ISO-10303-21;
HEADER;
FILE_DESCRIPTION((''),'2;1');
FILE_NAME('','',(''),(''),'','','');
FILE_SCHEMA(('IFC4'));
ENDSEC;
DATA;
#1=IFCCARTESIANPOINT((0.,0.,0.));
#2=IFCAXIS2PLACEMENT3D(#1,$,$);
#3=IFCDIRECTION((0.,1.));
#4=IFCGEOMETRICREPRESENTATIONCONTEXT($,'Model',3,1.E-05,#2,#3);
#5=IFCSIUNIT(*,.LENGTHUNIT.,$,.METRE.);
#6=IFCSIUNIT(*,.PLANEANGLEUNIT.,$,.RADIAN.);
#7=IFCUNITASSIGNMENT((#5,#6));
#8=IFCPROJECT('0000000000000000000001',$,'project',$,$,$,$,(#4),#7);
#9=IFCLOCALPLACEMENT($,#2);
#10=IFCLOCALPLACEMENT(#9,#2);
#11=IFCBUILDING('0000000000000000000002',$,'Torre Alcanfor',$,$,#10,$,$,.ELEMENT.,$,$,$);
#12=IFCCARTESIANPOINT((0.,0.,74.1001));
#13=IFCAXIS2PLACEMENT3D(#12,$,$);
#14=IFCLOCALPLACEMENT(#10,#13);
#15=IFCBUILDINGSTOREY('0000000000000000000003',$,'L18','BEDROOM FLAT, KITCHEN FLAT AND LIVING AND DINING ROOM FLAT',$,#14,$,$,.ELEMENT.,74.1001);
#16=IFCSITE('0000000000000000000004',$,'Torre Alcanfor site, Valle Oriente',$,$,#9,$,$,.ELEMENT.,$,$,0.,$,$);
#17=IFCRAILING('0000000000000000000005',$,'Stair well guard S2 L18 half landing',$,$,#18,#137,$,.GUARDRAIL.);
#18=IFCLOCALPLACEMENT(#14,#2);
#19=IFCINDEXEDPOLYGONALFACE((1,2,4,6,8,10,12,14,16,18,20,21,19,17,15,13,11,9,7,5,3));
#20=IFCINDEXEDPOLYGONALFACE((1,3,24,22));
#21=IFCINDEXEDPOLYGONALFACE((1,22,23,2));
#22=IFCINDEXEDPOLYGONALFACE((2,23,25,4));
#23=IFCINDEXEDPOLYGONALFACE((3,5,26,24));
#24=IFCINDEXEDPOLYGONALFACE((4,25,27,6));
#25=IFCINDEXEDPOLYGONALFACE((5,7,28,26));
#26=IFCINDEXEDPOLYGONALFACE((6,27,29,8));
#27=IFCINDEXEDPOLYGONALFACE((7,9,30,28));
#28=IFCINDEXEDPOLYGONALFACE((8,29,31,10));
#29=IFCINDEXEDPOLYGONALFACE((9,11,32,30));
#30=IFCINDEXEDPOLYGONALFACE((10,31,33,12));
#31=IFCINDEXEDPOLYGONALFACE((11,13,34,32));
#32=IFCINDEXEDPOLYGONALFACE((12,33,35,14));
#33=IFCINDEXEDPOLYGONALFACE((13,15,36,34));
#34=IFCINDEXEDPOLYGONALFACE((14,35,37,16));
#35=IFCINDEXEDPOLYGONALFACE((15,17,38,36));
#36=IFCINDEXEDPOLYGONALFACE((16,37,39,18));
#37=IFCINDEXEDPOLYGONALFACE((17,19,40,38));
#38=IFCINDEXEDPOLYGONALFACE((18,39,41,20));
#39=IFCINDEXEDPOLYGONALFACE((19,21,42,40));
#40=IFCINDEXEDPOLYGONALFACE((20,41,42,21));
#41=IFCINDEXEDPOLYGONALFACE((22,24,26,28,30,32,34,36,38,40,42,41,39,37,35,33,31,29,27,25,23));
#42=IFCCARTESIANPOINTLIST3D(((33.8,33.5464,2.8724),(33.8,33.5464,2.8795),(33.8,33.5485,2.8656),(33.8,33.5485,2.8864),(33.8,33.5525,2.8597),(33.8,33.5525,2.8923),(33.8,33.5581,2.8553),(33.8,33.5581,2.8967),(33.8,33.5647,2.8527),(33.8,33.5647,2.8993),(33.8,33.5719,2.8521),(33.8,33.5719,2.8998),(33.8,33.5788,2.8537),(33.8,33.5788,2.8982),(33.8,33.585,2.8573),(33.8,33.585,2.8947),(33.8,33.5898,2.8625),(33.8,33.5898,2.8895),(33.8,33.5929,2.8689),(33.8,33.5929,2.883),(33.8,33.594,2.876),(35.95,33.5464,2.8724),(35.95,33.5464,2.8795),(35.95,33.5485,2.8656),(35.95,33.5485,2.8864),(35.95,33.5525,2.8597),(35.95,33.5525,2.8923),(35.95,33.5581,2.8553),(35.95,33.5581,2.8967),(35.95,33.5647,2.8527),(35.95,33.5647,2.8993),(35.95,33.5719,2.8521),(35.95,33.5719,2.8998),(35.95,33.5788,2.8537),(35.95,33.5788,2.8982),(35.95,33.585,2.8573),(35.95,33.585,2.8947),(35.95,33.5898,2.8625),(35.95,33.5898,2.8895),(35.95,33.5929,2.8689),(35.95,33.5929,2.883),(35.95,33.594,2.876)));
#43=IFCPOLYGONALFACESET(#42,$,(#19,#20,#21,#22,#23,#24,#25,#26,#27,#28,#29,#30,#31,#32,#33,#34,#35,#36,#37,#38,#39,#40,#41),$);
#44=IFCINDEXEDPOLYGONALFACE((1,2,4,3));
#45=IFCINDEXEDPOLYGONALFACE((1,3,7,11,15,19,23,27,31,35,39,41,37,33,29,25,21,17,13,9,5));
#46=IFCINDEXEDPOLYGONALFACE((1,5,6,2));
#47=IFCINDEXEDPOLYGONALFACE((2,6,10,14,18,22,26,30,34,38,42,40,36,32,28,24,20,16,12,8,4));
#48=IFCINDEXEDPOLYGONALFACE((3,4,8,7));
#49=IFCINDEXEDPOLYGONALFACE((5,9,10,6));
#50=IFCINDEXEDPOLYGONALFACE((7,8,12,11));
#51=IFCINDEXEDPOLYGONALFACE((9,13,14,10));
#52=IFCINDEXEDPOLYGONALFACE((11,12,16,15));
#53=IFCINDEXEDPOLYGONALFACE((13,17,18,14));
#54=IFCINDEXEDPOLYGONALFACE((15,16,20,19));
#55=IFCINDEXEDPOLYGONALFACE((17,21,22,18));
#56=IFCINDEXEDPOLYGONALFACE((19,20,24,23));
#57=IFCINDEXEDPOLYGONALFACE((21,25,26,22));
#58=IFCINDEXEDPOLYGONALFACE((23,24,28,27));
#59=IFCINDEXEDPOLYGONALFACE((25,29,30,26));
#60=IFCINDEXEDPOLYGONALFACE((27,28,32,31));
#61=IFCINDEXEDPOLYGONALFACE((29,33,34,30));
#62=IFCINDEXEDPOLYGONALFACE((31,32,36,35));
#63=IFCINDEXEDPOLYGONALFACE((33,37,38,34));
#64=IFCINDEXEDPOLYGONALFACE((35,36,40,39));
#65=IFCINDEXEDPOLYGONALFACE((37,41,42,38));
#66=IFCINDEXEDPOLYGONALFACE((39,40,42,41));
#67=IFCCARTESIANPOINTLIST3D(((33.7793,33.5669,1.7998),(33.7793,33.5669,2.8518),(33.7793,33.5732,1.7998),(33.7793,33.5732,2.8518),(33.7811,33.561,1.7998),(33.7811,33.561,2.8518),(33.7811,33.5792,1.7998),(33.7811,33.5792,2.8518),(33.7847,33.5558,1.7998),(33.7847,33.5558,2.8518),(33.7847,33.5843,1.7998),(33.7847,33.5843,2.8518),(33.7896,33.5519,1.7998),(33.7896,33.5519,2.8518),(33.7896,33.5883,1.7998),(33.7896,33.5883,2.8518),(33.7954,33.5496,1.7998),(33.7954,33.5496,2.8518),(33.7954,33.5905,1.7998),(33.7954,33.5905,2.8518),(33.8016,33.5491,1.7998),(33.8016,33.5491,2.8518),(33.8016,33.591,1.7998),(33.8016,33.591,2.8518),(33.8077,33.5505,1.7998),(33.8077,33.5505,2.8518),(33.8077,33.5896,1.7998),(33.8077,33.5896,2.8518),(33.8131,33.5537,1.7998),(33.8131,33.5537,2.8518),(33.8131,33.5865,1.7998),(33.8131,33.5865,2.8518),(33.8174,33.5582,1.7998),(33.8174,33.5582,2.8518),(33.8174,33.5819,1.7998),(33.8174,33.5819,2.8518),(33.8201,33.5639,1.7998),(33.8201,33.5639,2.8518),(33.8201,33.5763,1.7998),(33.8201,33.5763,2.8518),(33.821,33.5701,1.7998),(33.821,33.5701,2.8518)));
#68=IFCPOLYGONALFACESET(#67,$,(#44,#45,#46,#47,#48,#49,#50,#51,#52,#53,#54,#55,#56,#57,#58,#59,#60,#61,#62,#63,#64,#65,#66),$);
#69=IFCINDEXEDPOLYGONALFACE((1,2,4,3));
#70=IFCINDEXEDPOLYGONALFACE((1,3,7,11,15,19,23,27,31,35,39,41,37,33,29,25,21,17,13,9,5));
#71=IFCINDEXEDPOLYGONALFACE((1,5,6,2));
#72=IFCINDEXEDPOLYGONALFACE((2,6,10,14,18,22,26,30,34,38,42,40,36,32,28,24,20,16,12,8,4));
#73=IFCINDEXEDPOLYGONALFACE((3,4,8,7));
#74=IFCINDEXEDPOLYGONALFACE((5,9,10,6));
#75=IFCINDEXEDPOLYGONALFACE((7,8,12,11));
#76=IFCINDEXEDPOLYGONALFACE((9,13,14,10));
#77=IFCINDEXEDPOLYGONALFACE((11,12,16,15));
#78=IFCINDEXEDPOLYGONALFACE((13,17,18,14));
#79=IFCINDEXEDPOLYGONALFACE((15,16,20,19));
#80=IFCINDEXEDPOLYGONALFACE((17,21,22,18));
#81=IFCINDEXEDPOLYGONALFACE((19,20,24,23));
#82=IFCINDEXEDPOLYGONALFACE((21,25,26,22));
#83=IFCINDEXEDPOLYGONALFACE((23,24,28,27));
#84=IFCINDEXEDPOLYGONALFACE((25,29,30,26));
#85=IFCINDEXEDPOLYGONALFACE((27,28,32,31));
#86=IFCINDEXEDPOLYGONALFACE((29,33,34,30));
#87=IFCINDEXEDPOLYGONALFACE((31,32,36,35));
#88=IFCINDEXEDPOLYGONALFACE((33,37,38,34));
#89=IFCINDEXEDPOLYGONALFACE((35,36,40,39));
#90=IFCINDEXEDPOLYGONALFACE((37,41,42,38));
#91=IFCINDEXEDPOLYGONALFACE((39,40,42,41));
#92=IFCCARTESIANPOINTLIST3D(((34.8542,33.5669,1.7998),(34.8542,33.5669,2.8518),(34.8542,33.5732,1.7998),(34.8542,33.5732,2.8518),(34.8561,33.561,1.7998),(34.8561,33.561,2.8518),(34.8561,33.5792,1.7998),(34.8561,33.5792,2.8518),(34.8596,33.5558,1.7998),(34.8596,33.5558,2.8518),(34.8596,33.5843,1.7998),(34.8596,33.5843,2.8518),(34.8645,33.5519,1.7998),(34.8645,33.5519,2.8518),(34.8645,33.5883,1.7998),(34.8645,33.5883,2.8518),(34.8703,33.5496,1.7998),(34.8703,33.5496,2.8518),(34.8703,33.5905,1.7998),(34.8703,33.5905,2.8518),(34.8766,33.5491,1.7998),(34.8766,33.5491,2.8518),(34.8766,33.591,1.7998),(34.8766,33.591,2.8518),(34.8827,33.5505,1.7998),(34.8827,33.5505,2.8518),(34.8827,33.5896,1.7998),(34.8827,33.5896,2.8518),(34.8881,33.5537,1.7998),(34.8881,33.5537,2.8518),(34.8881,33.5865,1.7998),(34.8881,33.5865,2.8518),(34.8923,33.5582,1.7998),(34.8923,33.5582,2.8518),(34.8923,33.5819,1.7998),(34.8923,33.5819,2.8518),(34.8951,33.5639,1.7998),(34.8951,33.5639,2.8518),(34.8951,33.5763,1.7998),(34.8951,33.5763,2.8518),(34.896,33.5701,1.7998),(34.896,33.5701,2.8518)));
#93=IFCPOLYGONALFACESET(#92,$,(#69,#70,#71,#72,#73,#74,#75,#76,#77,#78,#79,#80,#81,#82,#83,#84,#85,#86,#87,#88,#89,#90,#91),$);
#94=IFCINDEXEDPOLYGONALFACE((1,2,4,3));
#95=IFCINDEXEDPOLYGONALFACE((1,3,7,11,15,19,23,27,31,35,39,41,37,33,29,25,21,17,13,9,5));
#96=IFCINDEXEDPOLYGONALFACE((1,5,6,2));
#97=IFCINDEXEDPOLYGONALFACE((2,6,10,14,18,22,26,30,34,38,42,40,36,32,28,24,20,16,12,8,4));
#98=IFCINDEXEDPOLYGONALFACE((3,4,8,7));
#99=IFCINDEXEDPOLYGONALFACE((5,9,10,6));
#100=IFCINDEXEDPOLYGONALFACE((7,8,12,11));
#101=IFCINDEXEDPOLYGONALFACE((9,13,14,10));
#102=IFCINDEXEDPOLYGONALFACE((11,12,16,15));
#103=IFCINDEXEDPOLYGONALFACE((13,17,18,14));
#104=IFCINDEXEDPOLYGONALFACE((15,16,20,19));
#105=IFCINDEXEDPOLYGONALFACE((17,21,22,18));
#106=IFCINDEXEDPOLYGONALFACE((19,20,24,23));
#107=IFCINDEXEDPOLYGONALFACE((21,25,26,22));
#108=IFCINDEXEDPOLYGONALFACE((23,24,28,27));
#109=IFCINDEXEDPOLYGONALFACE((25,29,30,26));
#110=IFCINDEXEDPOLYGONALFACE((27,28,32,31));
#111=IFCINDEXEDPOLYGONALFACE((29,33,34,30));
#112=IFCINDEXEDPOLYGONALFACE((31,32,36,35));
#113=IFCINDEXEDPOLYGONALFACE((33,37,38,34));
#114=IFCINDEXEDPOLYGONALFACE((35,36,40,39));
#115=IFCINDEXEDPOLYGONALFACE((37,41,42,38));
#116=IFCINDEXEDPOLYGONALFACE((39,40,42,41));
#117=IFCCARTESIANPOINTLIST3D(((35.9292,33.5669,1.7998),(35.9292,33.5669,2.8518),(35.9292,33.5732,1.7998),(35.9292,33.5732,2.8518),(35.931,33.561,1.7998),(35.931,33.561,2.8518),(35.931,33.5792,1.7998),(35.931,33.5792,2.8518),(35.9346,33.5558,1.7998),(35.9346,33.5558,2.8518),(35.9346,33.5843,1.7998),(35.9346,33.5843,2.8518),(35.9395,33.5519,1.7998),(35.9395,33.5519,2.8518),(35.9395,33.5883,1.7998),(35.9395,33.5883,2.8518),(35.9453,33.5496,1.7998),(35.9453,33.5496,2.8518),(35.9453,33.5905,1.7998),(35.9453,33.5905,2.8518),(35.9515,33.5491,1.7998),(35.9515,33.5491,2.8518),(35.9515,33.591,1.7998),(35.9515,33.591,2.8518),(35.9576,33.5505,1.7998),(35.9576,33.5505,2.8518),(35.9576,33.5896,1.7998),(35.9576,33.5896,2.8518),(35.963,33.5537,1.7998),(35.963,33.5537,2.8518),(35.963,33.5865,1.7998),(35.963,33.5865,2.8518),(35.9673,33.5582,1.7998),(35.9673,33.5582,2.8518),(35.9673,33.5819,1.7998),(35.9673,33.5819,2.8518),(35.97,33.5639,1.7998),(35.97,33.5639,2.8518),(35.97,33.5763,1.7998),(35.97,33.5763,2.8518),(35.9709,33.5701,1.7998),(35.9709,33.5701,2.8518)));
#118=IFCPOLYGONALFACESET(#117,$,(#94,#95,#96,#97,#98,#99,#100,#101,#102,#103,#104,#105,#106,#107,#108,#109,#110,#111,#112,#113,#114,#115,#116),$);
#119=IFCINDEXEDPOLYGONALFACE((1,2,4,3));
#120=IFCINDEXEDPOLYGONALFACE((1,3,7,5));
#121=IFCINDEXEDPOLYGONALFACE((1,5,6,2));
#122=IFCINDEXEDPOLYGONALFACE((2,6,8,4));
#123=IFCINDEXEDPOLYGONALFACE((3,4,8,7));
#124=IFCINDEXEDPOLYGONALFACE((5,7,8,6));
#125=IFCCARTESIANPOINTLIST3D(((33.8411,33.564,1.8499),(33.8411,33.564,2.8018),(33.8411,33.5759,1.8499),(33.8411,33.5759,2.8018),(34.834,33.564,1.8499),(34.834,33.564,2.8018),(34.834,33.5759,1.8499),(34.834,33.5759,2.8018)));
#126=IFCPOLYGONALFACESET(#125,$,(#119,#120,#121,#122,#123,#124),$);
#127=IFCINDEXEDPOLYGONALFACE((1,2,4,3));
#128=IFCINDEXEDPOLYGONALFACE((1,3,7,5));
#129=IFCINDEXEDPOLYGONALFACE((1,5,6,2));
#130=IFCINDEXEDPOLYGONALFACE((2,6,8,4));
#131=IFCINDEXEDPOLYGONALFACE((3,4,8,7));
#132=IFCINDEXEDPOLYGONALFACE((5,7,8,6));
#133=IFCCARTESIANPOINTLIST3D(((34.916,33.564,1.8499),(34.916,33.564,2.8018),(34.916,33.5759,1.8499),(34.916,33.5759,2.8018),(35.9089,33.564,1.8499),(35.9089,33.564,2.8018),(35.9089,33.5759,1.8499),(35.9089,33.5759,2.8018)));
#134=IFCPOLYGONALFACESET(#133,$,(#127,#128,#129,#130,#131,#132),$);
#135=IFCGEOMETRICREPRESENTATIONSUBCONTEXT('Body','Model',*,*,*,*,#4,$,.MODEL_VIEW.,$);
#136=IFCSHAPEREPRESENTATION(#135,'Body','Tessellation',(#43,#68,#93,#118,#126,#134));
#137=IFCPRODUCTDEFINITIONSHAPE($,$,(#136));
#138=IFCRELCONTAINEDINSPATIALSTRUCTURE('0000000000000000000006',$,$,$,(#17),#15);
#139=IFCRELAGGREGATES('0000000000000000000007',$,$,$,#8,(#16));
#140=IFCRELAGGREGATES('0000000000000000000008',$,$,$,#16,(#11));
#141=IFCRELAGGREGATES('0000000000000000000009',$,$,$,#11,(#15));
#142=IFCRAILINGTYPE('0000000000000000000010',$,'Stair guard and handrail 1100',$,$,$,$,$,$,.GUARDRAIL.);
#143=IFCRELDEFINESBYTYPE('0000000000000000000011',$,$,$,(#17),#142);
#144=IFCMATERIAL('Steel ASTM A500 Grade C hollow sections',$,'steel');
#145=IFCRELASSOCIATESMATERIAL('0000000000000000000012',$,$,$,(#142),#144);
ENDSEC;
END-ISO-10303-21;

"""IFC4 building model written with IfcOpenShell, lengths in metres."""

from ifc_helpers import new_model, si_unit, direction, frame, origin, origin_2d, place, context, subcontext, project, spatial, polyline, circle, outline, extrude, material, type_object, element, save


model = new_model("IFC4")

# Units and contexts
model_context = context("Model", 3, precision=1e-05, world=origin(), true_north=direction((0.0, 1.0)))
body_context = subcontext(model_context, "Body", "Model", "MODEL_VIEW")
ifc_project = project(units=[si_unit("LENGTHUNIT", "METRE"), si_unit("PLANEANGLEUNIT", "RADIAN")], contexts=[model_context])

# Site, building, storey
site_placement = place(None, origin())
site = spatial("IfcSite", under=ifc_project, at=site_placement, Name="Torre Alcanfor site, Valle Oriente", CompositionType="ELEMENT", RefElevation=0.0)
building_placement = place(site_placement, origin())
building = spatial("IfcBuilding", under=site, at=building_placement, Name="Torre Alcanfor", CompositionType="ELEMENT")
storey_placement = place(building_placement, frame((0.0, 0.0, 74.1001)))
storey = spatial("IfcBuildingStorey", under=building, at=storey_placement, Name="L18", Description="BEDROOM FLAT, KITCHEN FLAT AND LIVING AND DINING ROOM FLAT", CompositionType="ELEMENT", Elevation=74.1001)

# Railing
ifc_material_1 = material(Name="Steel ASTM A500 Grade C hollow sections", Category="steel")
railing_type_1 = type_object("IfcRailingType", Name="Stair guard and handrail 1100", PredefinedType="GUARDRAIL", material=ifc_material_1)
for number, where, name in (
    (1, (33.8, 33.5701, 1.7998), "Stair well guard S2 L18 half landing"),
):
    element("IfcRailing", number, at=place(storey_placement, frame(where)), inside=storey, type_object=railing_type_1, Name=name, PredefinedType="GUARDRAIL", context=body_context, shape_type="SweptSolid", body=[
        extrude(circle(Radius=0.0239, at=origin_2d()), frame((0.0, 0.0, 1.0762), z_axis=(1.0, 0.0, 0.0), x_axis=(0.0, 1.0, 0.0)), (0.0, 0.0, 1.0), 2.1499),
        extrude(circle(Radius=0.021, at=origin_2d()), origin(), (0.0, 0.0, 1.0), 1.052),
        extrude(circle(Radius=0.021, at=origin_2d()), frame((1.075, 0.0, 0.0)), (0.0, 0.0, 1.0), 1.052),
        extrude(circle(Radius=0.021, at=origin_2d()), frame((2.1499, 0.0, 0.0)), (0.0, 0.0, 1.0), 1.052),
        extrude(outline(polyline([(0.041, 0.05), (1.0339, 0.05), (1.0339, 1.002), (0.041, 1.002), (0.041, 0.05)])), frame((0.0, 0.0059, 0.0), z_axis=(0.0, -1.0, 0.0), x_axis=(1.0, 0.0, 0.0)), (0.0, 0.0, 1.0), 0.012),
        extrude(outline(polyline([(1.116, 0.05), (2.1089, 0.05), (2.1089, 1.002), (1.116, 1.002), (1.116, 0.05)])), frame((0.0, 0.0059, 0.0), z_axis=(0.0, -1.0, 0.0), x_axis=(1.0, 0.0, 0.0)), (0.0, 0.0, 1.0), 0.012),
    ])

save(model, "model.ifc")
